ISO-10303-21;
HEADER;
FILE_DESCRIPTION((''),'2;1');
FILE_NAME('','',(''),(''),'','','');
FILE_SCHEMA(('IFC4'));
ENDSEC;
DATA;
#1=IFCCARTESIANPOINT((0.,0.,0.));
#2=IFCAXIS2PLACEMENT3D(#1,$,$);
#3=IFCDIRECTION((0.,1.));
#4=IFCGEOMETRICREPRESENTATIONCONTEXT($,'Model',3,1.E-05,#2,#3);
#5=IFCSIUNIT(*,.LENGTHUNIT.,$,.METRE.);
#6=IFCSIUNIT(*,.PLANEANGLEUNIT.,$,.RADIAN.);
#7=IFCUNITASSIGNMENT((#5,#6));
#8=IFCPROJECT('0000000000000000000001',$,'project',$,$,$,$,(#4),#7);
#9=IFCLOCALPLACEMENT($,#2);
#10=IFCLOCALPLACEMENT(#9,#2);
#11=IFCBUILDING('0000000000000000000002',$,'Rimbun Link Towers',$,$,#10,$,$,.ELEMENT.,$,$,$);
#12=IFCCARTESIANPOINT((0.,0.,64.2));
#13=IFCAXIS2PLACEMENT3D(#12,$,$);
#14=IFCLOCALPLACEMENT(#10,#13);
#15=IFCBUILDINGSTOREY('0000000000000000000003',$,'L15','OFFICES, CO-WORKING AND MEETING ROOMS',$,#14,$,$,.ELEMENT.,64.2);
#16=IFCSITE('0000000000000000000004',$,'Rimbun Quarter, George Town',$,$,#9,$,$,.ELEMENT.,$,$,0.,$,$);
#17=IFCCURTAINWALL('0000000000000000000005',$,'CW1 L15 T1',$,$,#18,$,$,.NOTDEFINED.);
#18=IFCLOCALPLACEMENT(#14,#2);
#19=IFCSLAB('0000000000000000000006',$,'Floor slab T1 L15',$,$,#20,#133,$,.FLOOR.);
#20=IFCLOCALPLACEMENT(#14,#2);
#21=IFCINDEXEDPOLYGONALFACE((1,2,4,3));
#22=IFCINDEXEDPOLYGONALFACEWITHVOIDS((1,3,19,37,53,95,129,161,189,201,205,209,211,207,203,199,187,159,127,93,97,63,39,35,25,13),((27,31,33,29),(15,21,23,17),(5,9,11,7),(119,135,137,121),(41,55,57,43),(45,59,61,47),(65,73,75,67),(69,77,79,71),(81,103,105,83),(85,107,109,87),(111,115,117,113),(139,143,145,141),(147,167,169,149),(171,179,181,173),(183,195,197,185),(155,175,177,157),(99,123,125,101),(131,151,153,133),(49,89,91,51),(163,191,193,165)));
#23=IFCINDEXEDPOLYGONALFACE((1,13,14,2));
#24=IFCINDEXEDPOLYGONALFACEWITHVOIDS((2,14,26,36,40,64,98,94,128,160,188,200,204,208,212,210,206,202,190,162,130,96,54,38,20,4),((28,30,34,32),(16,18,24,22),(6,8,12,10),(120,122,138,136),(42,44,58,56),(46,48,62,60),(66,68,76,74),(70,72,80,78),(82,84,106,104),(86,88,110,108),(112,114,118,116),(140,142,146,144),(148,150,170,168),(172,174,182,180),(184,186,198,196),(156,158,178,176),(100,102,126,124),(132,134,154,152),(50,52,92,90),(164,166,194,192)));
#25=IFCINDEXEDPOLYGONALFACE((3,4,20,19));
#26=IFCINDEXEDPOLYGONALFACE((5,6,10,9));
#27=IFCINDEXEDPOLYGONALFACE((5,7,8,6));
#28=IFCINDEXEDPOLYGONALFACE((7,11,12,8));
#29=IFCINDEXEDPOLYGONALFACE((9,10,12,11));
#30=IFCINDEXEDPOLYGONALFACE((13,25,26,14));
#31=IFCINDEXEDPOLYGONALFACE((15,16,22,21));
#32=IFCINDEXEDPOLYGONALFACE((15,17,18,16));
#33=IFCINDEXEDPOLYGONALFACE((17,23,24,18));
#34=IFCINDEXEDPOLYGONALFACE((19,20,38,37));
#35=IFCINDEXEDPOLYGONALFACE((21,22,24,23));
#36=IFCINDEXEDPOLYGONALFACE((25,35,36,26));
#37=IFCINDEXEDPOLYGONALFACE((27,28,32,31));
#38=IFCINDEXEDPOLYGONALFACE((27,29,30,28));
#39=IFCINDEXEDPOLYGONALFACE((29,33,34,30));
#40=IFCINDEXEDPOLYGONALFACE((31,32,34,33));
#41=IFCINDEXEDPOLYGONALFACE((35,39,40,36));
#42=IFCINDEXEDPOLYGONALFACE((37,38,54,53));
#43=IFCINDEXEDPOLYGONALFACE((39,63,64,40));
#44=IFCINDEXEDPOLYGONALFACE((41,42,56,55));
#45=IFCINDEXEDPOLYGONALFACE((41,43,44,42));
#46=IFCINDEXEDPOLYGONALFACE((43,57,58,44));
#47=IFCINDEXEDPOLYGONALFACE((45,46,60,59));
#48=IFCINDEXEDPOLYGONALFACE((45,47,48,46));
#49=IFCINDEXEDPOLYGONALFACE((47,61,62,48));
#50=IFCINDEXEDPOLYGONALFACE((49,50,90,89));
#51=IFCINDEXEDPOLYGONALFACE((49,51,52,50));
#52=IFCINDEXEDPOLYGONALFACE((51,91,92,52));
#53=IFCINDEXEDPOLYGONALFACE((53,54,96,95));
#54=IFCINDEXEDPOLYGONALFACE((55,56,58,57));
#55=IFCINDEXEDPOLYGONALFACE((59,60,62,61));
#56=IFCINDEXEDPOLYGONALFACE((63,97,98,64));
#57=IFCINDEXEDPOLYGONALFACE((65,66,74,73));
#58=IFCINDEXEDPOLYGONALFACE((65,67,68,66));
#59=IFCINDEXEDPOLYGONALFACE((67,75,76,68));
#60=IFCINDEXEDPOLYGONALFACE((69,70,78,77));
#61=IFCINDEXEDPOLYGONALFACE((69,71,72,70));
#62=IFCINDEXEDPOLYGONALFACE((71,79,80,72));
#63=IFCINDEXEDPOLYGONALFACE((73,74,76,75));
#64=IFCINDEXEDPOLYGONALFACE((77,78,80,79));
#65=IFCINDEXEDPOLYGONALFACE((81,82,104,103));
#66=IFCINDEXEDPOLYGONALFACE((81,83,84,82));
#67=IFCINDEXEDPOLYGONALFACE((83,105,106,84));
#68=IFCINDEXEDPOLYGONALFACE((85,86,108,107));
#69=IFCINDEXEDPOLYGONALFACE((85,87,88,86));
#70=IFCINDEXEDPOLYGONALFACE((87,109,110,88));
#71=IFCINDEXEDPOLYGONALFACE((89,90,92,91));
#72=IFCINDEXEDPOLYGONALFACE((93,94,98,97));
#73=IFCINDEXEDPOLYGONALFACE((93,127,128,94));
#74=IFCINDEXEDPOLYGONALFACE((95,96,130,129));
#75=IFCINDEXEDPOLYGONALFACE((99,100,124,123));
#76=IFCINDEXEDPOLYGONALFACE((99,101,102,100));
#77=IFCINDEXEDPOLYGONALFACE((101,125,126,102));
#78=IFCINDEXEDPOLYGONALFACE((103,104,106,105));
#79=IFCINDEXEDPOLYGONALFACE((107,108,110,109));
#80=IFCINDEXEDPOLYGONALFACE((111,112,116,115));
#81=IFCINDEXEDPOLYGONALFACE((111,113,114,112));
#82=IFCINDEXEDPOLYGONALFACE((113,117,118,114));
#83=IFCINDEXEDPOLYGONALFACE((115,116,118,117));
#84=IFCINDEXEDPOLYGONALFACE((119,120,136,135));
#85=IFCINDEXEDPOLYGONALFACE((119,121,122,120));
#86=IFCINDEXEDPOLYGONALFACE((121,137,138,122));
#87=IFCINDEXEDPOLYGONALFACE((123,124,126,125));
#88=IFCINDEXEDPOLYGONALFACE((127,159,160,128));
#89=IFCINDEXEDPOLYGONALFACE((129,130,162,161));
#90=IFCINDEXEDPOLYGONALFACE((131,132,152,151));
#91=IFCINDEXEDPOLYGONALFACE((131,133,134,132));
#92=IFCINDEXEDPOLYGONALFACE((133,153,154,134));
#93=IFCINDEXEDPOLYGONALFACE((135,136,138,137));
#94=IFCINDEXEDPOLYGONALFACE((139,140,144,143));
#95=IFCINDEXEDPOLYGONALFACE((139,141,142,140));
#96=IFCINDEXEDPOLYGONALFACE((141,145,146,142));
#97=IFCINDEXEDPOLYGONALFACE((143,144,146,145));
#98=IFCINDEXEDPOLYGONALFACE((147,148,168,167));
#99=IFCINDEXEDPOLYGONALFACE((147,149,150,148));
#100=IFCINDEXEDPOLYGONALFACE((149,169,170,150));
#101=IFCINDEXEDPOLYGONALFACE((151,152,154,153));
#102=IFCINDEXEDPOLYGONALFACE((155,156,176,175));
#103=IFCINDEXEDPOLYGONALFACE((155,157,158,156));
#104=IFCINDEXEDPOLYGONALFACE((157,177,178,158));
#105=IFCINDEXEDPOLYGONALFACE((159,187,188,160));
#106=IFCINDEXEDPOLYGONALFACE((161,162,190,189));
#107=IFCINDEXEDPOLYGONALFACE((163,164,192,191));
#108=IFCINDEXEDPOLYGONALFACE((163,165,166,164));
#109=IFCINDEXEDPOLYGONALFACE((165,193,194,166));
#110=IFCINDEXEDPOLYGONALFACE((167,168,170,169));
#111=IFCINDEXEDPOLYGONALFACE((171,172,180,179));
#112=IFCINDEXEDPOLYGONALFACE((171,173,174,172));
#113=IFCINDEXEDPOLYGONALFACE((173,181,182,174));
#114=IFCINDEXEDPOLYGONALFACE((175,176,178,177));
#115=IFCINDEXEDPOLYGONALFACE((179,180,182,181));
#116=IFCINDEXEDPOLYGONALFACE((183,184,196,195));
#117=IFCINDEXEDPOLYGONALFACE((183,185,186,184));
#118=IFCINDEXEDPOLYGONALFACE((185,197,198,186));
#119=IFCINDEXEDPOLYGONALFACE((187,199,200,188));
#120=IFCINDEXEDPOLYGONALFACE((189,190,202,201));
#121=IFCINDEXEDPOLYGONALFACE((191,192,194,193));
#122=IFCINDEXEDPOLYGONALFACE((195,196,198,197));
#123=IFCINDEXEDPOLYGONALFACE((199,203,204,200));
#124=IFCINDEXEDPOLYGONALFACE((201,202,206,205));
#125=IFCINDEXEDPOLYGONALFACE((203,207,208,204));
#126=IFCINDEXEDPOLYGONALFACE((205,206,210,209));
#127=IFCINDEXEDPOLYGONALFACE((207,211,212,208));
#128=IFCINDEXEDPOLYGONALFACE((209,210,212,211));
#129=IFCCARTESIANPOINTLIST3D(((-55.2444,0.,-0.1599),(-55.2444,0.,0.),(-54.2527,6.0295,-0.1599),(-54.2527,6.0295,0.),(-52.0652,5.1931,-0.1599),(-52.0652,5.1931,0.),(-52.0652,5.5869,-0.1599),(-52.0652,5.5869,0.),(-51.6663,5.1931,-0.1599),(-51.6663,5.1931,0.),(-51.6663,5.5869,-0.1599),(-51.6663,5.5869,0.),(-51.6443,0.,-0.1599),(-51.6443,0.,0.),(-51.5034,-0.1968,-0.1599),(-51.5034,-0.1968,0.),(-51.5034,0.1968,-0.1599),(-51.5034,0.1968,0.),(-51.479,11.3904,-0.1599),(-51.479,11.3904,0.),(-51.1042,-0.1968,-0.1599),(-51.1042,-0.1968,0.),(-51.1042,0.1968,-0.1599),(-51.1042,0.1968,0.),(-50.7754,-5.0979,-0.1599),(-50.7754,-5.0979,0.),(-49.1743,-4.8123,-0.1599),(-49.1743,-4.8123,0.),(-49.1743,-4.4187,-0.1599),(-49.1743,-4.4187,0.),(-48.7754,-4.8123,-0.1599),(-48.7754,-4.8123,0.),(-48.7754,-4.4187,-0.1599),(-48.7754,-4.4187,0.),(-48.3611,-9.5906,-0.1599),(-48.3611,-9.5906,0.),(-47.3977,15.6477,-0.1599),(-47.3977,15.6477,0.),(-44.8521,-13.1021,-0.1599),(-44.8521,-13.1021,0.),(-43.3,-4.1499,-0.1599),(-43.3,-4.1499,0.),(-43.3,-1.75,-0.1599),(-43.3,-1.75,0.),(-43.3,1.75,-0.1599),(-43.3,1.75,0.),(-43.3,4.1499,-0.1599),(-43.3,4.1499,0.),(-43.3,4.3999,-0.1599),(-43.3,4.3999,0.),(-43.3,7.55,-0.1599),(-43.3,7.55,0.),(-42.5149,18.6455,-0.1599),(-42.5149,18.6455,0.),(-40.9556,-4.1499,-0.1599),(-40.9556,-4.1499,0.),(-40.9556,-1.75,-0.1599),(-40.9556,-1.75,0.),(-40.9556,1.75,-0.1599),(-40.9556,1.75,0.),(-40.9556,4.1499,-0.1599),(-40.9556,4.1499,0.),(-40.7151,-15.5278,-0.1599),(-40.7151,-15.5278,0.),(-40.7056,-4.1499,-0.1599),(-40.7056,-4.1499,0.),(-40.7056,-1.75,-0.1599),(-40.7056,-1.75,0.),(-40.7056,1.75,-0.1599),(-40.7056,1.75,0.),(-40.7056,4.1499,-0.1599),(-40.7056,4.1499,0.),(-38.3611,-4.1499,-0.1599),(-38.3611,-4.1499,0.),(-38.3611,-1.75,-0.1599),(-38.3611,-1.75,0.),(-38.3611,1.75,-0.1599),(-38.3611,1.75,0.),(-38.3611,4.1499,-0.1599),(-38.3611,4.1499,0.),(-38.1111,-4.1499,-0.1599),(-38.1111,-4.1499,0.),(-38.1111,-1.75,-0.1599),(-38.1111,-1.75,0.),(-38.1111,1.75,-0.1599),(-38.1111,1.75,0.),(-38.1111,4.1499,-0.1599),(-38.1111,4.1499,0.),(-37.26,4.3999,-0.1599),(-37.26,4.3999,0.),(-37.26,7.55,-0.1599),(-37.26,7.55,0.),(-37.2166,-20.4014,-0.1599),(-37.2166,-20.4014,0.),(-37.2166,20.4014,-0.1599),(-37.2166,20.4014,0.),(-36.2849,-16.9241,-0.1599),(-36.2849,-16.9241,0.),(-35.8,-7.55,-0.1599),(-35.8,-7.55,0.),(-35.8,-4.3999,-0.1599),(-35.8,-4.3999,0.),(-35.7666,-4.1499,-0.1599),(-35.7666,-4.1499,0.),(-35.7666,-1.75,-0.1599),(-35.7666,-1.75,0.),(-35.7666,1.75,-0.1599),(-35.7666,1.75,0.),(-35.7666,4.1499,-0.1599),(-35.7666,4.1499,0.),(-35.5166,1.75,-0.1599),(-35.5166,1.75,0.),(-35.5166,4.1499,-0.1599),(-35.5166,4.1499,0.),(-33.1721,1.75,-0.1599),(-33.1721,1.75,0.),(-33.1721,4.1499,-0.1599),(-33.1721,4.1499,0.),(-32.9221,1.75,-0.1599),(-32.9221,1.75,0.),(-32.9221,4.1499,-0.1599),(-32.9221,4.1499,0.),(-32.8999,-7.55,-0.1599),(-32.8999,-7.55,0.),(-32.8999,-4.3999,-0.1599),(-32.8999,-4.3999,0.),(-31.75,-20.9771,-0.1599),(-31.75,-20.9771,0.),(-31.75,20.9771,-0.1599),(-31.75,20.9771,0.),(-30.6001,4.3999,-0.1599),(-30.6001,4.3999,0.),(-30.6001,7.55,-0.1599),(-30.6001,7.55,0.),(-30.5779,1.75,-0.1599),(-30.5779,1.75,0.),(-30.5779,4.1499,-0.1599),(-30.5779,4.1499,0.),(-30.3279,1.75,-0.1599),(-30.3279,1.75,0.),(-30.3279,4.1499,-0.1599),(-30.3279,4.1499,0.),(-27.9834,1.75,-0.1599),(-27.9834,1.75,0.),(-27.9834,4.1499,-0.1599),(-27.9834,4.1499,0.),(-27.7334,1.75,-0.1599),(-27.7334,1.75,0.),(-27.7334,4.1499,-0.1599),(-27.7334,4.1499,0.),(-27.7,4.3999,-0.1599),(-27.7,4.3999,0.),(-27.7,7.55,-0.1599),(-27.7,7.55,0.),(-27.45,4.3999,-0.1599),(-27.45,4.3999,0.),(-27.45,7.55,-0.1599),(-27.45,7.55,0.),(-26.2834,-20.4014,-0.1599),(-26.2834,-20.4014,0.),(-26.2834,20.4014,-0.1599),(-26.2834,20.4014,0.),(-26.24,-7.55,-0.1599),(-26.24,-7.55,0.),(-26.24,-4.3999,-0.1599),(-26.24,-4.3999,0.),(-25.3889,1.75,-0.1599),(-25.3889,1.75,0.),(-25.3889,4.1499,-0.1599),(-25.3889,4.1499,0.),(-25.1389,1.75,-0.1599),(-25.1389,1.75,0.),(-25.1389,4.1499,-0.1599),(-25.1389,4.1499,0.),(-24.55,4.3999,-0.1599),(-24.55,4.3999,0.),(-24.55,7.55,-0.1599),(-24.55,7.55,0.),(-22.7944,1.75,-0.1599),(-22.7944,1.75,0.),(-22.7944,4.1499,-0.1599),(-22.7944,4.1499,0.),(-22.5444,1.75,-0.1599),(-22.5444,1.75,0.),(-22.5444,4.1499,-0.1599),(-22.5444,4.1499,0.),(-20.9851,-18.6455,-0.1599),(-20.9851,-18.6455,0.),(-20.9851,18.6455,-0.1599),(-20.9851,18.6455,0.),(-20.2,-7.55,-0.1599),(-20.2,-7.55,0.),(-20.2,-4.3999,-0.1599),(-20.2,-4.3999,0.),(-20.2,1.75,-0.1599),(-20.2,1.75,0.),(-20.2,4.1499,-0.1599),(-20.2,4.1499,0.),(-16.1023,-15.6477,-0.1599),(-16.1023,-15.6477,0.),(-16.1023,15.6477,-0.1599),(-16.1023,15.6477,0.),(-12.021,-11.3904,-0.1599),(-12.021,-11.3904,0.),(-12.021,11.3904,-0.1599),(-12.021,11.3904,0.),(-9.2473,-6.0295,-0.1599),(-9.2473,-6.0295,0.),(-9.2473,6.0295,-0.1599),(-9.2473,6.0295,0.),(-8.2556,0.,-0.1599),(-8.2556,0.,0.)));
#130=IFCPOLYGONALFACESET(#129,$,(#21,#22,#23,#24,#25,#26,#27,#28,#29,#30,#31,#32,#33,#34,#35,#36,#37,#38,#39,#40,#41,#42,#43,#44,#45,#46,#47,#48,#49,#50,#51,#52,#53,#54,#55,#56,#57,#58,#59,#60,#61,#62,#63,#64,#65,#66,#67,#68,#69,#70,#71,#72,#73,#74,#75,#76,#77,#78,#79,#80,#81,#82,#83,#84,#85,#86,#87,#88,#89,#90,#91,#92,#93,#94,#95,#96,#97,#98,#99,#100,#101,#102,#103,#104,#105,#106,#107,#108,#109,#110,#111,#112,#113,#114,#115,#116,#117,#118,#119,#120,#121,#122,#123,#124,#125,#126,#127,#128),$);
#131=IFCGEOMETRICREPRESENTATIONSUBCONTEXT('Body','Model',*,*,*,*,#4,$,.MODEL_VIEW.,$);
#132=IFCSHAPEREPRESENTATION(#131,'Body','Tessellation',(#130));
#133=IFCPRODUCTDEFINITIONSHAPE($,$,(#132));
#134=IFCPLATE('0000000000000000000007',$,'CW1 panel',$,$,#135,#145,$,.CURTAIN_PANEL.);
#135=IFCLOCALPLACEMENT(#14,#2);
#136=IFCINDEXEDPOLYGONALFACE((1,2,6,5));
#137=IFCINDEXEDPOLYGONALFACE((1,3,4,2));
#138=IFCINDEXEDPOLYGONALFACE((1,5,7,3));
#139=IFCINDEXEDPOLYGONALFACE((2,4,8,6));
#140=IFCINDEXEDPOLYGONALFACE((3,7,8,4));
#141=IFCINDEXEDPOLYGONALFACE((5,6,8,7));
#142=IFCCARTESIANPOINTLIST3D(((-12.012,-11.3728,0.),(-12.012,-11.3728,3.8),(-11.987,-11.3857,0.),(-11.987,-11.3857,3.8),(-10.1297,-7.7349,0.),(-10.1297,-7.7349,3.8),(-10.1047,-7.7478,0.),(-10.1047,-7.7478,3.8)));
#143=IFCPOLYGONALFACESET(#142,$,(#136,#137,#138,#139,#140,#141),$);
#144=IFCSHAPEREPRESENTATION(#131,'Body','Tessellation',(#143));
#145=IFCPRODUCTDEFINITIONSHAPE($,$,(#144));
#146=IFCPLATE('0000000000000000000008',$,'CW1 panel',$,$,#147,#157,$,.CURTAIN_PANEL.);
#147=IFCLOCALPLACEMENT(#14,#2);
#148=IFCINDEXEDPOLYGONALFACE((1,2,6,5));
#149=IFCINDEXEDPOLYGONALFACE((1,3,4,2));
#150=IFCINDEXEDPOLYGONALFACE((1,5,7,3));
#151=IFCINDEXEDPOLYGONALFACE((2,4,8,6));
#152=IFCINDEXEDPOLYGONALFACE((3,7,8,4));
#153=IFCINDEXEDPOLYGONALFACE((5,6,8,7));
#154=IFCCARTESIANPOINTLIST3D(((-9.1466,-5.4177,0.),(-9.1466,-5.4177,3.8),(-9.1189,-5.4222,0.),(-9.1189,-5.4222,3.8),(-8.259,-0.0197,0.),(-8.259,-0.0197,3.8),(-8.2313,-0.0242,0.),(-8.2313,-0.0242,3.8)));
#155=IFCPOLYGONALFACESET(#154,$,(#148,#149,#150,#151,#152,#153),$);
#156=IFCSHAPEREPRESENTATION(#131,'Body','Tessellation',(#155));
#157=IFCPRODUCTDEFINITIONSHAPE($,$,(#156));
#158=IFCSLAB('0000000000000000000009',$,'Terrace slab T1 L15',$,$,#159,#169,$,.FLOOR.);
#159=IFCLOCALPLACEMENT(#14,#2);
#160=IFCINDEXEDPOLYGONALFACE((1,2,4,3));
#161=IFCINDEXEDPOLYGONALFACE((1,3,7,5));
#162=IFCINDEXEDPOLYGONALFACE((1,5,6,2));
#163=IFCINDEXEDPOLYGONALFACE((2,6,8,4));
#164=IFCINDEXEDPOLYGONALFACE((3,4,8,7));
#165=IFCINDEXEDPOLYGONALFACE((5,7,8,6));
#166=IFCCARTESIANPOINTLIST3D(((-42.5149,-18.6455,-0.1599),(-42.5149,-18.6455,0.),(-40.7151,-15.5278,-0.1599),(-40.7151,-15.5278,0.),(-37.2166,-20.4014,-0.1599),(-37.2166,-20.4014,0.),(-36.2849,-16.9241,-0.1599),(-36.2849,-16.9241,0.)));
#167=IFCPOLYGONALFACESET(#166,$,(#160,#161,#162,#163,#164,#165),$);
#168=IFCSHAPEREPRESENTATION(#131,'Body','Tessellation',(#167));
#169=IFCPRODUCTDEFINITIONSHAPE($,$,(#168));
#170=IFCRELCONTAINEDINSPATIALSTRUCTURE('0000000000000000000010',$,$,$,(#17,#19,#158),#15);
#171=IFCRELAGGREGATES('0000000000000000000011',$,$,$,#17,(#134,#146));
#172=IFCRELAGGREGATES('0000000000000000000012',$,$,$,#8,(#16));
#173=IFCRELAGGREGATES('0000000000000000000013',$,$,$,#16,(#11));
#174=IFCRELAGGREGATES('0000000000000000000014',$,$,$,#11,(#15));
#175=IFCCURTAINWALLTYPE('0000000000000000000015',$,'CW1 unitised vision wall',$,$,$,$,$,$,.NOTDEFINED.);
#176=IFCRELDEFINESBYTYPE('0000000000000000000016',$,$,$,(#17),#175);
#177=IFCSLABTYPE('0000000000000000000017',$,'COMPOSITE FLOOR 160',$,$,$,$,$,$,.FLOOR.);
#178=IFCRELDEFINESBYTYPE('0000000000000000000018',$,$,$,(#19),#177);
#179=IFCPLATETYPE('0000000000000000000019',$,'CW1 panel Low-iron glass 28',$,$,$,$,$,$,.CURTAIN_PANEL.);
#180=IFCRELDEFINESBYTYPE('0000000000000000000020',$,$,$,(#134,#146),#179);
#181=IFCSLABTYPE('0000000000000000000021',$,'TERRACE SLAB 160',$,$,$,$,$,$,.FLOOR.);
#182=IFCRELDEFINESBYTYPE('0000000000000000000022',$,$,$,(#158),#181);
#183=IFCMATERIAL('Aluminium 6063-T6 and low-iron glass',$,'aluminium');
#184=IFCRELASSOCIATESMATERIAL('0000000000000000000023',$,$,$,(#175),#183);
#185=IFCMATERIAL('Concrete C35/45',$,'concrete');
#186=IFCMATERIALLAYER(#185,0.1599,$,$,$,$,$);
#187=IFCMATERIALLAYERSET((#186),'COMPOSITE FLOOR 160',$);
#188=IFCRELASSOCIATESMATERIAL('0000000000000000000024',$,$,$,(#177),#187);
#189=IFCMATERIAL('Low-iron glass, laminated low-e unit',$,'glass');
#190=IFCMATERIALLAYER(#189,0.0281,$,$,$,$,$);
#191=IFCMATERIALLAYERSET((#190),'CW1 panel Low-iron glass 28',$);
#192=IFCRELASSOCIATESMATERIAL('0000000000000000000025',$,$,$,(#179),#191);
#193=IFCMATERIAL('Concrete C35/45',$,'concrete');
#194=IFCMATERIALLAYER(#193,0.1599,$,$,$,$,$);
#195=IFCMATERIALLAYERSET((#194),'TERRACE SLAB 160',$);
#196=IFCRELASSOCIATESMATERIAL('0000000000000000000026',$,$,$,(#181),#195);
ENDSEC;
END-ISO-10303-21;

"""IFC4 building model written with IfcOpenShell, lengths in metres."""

from ifc_helpers import new_model, si_unit, direction, frame, origin, origin_2d, place, context, subcontext, project, spatial, polyline, rectangle, outline, extrude, material, layer, layer_set, type_object, element, aggregate, save


model = new_model("IFC4")

# Units and contexts
model_context = context("Model", 3, precision=1e-05, world=origin(), true_north=direction((0.0, 1.0)))
body_context = subcontext(model_context, "Body", "Model", "MODEL_VIEW")
ifc_project = project(units=[si_unit("LENGTHUNIT", "METRE"), si_unit("PLANEANGLEUNIT", "RADIAN")], contexts=[model_context])

# Site, building, storey
site_placement = place(None, origin())
site = spatial("IfcSite", under=ifc_project, at=site_placement, Name="Rimbun Quarter, George Town", CompositionType="ELEMENT", RefElevation=0.0)
building_placement = place(site_placement, origin())
building = spatial("IfcBuilding", under=site, at=building_placement, Name="Rimbun Link Towers", CompositionType="ELEMENT")
storey_placement = place(building_placement, frame((0.0, 0.0, 64.2)))
storey = spatial("IfcBuildingStorey", under=building, at=storey_placement, Name="L15", Description="OFFICES, CO-WORKING AND MEETING ROOMS", CompositionType="ELEMENT", Elevation=64.2)

# Curtain wall
ifc_material_1 = material(Name="Aluminium 6063-T6 and low-iron glass", Category="aluminium")
curtain_wall_type = type_object("IfcCurtainWallType", Name="CW1 unitised vision wall", PredefinedType="NOTDEFINED", material=ifc_material_1)
curtain_wall_placement = place(storey_placement, origin())
curtain_wall = element("IfcCurtainWall", 1, at=curtain_wall_placement, inside=storey, type_object=curtain_wall_type, Name="CW1 L15 T1", PredefinedType="NOTDEFINED")

# Slab
ifc_material_2 = material(Name="Concrete C35/45", Category="concrete")
ifc_layer_1 = layer(ifc_material_2, 0.1599)
ifc_layer_set_1 = layer_set([ifc_layer_1], Name="COMPOSITE FLOOR 160")
slab_type_1 = type_object("IfcSlabType", Name="COMPOSITE FLOOR 160", PredefinedType="FLOOR", material=ifc_layer_set_1)
slab_1_placement = place(storey_placement, frame((0.0, 0.0, -0.1599)))
element("IfcSlab", 2, at=slab_1_placement, inside=storey, type_object=slab_type_1, Name="Floor slab T1 L15", PredefinedType="FLOOR", context=body_context, shape_type="SweptSolid", body=[
    extrude(outline(polyline([(-54.2527, 6.0295), (-51.479, 11.3904), (-47.3977, 15.6477), (-42.5149, 18.6455), (-37.2166, 20.4014), (-31.75, 20.9771), (-26.2834, 20.4014), (-20.9851, 18.6455), (-16.1023, 15.6477), (-12.021, 11.3904), (-9.2473, 6.0295), (-8.2556, 0.0), (-9.2473, -6.0295), (-12.021, -11.3904), (-16.1023, -15.6477), (-20.9851, -18.6455), (-26.2834, -20.4014), (-31.75, -20.9771), (-37.2166, -20.4014), (-36.2849, -16.9241), (-40.7151, -15.5278), (-44.8521, -13.1021), (-48.3611, -9.5906), (-50.7754, -5.0979), (-51.6443, 0.0), (-55.2444, 0.0), (-54.2527, 6.0295)]), holes=[polyline([(-48.7754, -4.8123), (-48.7754, -4.4187), (-49.1743, -4.4187), (-49.1743, -4.8123), (-48.7754, -4.8123)]), polyline([(-40.9556, -4.1499), (-40.9556, -1.75), (-43.3, -1.75), (-43.3, -4.1499), (-40.9556, -4.1499)]), polyline([(-38.3611, -4.1499), (-38.3611, -1.75), (-40.7056, -1.75), (-40.7056, -4.1499), (-38.3611, -4.1499)]), polyline([(-38.1111, -4.1499), (-35.7666, -4.1499), (-35.7666, -1.75), (-38.1111, -1.75), (-38.1111, -4.1499)]), polyline([(-51.5034, -0.1968), (-51.1042, -0.1968), (-51.1042, 0.1968), (-51.5034, 0.1968), (-51.5034, -0.1968)]), polyline([(-40.9556, 1.75), (-40.9556, 4.1499), (-43.3, 4.1499), (-43.3, 1.75), (-40.9556, 1.75)]), polyline([(-38.3611, 1.75), (-38.3611, 4.1499), (-40.7056, 4.1499), (-40.7056, 1.75), (-38.3611, 1.75)]), polyline([(-35.7666, 1.75), (-35.7666, 4.1499), (-38.1111, 4.1499), (-38.1111, 1.75), (-35.7666, 1.75)]), polyline([(-52.0652, 5.1931), (-51.6663, 5.1931), (-51.6663, 5.5869), (-52.0652, 5.5869), (-52.0652, 5.1931)]), polyline([(-43.3, 4.3999), (-37.26, 4.3999), (-37.26, 7.55), (-43.3, 7.55), (-43.3, 4.3999)]), polyline([(-32.8999, -7.55), (-32.8999, -4.3999), (-35.8, -4.3999), (-35.8, -7.55), (-32.8999, -7.55)]), polyline([(-20.2, -7.55), (-20.2, -4.3999), (-26.24, -4.3999), (-26.24, -7.55), (-20.2, -7.55)]), polyline([(-33.1721, 1.75), (-33.1721, 4.1499), (-35.5166, 4.1499), (-35.5166, 1.75), (-33.1721, 1.75)]), polyline([(-32.9221, 1.75), (-30.5779, 1.75), (-30.5779, 4.1499), (-32.9221, 4.1499), (-32.9221, 1.75)]), polyline([(-30.3279, 1.75), (-27.9834, 1.75), (-27.9834, 4.1499), (-30.3279, 4.1499), (-30.3279, 1.75)]), polyline([(-25.3889, 1.75), (-25.3889, 4.1499), (-27.7334, 4.1499), (-27.7334, 1.75), (-25.3889, 1.75)]), polyline([(-22.7944, 1.75), (-22.7944, 4.1499), (-25.1389, 4.1499), (-25.1389, 1.75), (-22.7944, 1.75)]), polyline([(-20.2, 1.75), (-20.2, 4.1499), (-22.5444, 4.1499), (-22.5444, 1.75), (-20.2, 1.75)]), polyline([(-30.6001, 4.3999), (-27.7, 4.3999), (-27.7, 7.55), (-30.6001, 7.55), (-30.6001, 4.3999)]), polyline([(-27.45, 4.3999), (-24.55, 4.3999), (-24.55, 7.55), (-27.45, 7.55), (-27.45, 4.3999)])]), origin(), (0.0, 0.0, 1.0), 0.1599),
])

# Plates
ifc_material_3 = material(Name="Low-iron glass, laminated low-e unit", Category="glass")
ifc_layer_2 = layer(ifc_material_3, 0.0281)
ifc_layer_set_2 = layer_set([ifc_layer_2], Name="CW1 panel Low-iron glass 28")
plate_type = type_object("IfcPlateType", Name="CW1 panel Low-iron glass 28", PredefinedType="CURTAIN_PANEL", material=ifc_layer_set_2)
plate_1_placement = place(storey_placement, frame((-11.0583, -9.5603, 0.0), z_axis=(0.0, 0.0, 1.0), x_axis=(-0.459556, -0.888149, 0.0)))
plate_1 = element("IfcPlate", 3, at=plate_1_placement, type_object=plate_type, Name="CW1 panel", PredefinedType="CURTAIN_PANEL", context=body_context, shape_type="SweptSolid", body=[
    extrude(rectangle(XDim=4.0959, YDim=0.0281, at=origin_2d()), origin(), (0.0, 0.0, 1.0), 3.8),
])
plate_2_placement = place(storey_placement, frame((-8.689, -2.7209, 0.0), z_axis=(0.0, 0.0, 1.0), x_axis=(-0.16226, -0.986748, 0.0)))
plate_2 = element("IfcPlate", 4, at=plate_2_placement, type_object=plate_type, Name="CW1 panel", PredefinedType="CURTAIN_PANEL", context=body_context, shape_type="SweptSolid", body=[
    extrude(rectangle(XDim=5.4705, YDim=0.0281, at=origin_2d()), origin(), (0.0, 0.0, 1.0), 3.8),
])
aggregate(curtain_wall, [plate_1, plate_2])

# Slab
ifc_material_4 = material(Name="Concrete C35/45", Category="concrete")
ifc_layer_3 = layer(ifc_material_4, 0.1599)
ifc_layer_set_3 = layer_set([ifc_layer_3], Name="TERRACE SLAB 160")
slab_type_2 = type_object("IfcSlabType", Name="TERRACE SLAB 160", PredefinedType="FLOOR", material=ifc_layer_set_3)
slab_2_placement = place(storey_placement, frame((0.0, 0.0, -0.1599)))
element("IfcSlab", 5, at=slab_2_placement, inside=storey, type_object=slab_type_2, Name="Terrace slab T1 L15", PredefinedType="FLOOR", context=body_context, shape_type="SweptSolid", body=[
    extrude(outline(polyline([(-40.7151, -15.5278), (-36.2849, -16.9241), (-37.2166, -20.4014), (-42.5149, -18.6455), (-40.7151, -15.5278)])), origin(), (0.0, 0.0, 1.0), 0.1599),
])

save(model, "model.ifc")
